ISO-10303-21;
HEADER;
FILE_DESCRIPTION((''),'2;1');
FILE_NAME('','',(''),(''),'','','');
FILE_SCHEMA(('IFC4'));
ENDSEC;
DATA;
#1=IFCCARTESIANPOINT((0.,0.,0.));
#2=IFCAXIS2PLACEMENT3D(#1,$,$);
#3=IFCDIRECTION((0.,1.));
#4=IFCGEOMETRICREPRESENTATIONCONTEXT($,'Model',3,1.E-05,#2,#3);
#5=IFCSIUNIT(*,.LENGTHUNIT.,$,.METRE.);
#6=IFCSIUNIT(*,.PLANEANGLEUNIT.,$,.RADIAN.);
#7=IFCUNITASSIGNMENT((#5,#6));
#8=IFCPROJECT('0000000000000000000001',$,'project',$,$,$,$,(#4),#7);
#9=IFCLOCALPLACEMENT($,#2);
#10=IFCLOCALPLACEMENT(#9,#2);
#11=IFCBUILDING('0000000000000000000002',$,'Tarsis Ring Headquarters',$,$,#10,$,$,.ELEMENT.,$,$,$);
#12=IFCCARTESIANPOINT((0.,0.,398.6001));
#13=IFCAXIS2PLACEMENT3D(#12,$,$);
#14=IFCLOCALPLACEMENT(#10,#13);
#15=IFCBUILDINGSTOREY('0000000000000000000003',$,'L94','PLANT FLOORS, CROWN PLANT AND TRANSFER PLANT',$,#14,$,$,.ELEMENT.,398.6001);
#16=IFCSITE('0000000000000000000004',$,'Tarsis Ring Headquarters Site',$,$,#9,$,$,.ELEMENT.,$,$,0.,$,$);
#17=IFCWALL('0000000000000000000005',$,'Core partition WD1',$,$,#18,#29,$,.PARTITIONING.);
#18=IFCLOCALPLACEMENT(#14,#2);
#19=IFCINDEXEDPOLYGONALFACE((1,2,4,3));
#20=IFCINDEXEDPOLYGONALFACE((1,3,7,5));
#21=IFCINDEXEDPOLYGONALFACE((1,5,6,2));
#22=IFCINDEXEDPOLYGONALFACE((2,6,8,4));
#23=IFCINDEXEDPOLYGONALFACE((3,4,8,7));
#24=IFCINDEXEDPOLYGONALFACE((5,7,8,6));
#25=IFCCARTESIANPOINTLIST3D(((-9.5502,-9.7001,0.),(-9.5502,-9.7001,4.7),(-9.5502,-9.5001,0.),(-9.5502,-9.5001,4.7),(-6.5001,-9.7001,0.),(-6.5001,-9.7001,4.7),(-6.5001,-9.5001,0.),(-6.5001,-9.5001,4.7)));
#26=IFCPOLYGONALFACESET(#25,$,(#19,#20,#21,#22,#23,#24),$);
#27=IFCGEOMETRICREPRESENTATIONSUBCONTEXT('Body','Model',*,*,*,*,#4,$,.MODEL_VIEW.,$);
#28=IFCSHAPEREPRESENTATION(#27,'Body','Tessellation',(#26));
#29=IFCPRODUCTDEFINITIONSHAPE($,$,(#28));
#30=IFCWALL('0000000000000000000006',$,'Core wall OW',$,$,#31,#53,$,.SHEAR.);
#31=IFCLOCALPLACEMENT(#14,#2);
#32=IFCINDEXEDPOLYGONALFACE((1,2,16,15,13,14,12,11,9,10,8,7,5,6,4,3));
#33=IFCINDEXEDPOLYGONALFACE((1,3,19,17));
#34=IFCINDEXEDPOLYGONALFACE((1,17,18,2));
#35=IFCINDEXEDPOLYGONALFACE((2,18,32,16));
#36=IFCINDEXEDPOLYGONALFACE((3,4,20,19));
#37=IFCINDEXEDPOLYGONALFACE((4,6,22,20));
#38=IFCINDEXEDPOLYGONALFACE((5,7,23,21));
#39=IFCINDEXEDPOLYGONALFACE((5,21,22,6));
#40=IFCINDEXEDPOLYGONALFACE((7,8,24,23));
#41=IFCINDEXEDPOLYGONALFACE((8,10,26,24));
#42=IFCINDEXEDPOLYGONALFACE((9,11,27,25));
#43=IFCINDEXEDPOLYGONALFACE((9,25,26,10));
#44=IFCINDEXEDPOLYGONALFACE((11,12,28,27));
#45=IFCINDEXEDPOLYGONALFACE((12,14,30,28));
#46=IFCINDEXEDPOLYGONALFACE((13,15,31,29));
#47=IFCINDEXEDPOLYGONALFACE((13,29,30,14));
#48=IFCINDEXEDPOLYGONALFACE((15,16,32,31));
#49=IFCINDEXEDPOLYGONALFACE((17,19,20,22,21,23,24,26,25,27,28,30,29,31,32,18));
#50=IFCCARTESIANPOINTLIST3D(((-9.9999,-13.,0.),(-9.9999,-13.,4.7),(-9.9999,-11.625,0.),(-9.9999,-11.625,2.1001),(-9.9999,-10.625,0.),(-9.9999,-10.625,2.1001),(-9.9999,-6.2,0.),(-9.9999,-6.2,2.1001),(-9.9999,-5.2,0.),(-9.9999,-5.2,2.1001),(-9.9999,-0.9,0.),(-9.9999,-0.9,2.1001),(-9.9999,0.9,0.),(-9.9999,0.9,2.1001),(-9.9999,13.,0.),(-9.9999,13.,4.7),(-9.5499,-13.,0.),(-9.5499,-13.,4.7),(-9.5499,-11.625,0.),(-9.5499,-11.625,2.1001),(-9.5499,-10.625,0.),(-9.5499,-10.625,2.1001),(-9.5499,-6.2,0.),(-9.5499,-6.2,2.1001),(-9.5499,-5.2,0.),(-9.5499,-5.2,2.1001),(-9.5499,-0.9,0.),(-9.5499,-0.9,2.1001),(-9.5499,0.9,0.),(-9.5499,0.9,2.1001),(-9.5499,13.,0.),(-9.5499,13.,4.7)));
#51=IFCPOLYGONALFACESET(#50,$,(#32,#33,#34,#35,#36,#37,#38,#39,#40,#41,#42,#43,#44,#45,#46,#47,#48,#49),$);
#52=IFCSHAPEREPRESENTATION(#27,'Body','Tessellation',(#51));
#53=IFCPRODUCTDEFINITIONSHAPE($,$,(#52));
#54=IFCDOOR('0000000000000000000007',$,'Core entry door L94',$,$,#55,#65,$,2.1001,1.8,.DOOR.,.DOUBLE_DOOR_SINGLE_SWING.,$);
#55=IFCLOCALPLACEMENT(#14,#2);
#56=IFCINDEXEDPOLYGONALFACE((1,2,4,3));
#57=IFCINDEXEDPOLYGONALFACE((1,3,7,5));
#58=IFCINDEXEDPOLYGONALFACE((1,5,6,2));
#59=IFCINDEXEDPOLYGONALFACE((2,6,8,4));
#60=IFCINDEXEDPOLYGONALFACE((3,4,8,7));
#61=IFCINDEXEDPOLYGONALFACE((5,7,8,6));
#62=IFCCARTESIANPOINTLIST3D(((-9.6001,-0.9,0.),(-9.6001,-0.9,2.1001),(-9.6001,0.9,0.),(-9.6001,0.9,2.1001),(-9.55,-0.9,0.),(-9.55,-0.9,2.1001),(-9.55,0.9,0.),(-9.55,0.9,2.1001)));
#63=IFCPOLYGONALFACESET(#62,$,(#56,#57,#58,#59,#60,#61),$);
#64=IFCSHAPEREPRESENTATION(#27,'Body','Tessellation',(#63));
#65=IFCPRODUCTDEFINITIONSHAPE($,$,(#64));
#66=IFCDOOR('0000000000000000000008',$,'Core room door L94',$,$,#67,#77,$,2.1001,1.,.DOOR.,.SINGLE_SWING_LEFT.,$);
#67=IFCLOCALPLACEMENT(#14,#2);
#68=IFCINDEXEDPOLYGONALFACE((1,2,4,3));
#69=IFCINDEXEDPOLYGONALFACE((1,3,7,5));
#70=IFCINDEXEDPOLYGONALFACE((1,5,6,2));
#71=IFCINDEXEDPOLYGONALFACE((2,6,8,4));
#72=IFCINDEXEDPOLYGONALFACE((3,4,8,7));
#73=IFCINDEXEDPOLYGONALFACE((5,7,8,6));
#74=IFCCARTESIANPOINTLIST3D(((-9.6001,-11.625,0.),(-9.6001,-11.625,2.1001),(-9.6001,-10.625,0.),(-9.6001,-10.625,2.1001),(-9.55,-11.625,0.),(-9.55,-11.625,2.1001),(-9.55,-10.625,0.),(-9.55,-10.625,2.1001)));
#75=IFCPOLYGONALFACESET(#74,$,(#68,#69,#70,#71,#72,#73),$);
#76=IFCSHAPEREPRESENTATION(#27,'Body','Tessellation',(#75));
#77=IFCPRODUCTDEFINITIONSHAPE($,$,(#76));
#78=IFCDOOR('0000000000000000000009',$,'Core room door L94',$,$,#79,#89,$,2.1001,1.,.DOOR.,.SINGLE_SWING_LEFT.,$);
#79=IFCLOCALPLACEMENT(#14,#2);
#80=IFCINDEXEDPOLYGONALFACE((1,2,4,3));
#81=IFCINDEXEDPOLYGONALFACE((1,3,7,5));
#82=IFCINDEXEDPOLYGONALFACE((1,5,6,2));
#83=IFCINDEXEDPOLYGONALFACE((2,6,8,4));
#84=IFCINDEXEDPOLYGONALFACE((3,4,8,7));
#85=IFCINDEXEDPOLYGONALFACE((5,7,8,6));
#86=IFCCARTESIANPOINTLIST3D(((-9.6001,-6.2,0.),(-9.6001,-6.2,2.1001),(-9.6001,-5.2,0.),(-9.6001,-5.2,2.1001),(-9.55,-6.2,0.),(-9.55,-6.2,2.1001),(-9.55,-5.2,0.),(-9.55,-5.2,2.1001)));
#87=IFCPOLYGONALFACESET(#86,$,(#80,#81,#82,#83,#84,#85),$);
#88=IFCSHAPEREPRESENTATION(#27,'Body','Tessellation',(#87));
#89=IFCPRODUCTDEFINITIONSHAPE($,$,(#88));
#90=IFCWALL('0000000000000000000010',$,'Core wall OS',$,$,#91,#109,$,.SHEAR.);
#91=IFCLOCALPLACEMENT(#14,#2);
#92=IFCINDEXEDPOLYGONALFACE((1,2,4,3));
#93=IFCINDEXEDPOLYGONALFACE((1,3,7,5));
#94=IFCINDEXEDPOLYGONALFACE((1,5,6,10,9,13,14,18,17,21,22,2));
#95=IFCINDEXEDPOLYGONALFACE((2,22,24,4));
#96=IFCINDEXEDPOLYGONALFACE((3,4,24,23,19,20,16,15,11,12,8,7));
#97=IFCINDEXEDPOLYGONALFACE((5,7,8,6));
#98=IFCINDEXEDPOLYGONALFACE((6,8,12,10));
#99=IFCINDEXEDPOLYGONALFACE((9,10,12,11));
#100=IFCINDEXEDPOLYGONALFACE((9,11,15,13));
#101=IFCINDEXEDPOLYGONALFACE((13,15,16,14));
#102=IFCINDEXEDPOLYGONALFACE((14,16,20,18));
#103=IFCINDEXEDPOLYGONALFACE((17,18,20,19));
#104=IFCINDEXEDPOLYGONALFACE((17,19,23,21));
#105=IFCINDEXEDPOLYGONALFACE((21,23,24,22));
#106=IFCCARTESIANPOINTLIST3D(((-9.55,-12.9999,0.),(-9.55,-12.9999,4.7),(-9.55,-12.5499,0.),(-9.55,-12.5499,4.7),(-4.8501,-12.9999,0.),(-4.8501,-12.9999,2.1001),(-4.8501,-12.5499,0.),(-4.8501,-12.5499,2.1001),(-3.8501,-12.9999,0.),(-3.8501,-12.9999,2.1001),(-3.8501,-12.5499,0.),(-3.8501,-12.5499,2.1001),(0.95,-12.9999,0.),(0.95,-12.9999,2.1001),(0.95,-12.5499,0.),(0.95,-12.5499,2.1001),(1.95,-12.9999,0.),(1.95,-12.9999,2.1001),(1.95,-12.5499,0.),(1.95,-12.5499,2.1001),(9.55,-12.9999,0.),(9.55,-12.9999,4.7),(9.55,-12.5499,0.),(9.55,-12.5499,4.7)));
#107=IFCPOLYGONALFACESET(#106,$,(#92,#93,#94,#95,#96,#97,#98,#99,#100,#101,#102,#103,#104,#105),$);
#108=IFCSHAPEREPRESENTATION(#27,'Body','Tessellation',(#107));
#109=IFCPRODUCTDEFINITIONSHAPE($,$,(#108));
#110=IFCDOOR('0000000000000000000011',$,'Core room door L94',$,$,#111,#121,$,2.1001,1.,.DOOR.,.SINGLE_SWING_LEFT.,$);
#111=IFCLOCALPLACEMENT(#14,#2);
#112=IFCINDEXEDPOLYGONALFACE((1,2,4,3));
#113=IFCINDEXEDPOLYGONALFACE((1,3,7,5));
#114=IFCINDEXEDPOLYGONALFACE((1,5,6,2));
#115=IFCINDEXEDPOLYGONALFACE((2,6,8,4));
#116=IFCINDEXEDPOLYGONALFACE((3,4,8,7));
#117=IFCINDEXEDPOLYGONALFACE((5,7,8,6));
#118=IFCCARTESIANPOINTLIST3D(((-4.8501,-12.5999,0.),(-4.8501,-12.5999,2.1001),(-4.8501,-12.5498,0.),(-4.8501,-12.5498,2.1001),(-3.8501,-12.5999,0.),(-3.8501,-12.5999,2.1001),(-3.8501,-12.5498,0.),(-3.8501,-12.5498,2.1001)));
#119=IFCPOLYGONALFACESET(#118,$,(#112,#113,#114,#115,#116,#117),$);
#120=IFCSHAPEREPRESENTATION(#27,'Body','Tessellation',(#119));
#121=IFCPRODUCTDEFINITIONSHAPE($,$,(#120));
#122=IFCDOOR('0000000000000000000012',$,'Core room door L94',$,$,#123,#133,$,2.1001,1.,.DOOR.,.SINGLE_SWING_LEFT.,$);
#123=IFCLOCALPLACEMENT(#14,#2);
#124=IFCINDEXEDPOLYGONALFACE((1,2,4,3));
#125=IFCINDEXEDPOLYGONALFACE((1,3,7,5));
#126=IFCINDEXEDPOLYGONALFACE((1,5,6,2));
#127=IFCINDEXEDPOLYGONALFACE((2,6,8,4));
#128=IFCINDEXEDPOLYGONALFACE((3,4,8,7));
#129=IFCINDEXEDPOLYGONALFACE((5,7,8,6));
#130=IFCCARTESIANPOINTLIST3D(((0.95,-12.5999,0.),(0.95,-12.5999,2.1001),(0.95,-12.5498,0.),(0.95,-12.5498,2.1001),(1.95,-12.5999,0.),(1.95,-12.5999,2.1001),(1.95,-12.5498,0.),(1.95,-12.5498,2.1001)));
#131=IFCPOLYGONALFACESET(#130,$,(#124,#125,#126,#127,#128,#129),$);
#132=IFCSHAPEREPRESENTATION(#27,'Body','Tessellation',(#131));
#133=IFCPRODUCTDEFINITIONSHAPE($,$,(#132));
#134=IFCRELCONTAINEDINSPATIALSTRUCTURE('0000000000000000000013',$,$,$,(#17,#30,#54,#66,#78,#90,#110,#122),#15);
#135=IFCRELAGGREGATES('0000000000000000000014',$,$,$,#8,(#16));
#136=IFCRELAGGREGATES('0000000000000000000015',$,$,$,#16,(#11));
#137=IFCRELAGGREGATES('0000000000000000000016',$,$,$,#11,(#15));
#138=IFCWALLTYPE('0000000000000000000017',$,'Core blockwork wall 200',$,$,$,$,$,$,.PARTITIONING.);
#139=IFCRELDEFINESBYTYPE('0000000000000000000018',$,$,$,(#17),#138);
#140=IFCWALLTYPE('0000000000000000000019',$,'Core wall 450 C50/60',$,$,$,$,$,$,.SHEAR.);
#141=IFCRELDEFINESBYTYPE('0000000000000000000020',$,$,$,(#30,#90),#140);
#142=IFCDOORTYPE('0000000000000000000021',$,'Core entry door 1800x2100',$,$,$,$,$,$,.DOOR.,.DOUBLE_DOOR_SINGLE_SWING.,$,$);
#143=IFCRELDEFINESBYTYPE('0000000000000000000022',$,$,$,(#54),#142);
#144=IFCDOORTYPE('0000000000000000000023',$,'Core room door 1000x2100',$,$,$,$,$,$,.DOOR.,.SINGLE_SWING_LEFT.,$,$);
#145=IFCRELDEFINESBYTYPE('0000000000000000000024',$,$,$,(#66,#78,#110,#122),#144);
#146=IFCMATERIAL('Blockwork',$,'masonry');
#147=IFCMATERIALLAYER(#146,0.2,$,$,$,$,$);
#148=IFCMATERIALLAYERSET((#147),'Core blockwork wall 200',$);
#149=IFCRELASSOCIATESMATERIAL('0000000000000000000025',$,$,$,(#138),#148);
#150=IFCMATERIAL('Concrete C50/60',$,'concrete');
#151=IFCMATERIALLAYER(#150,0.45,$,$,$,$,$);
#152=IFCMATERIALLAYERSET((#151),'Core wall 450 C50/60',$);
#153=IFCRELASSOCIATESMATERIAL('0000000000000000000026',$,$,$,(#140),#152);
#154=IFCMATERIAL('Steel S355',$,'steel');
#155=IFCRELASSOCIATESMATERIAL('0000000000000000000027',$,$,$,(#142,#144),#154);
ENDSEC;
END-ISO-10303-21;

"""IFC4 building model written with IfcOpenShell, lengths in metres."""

from ifc_helpers import new_model, si_unit, direction, frame, frame_2d, origin, place, context, subcontext, project, spatial, rectangle, extrude, material, layer, layer_set, type_object, element, fill, save


model = new_model("IFC4")

# Units and contexts
model_context = context("Model", 3, precision=1e-05, world=origin(), true_north=direction((0.0, 1.0)))
body_context = subcontext(model_context, "Body", "Model", "MODEL_VIEW")
ifc_project = project(units=[si_unit("LENGTHUNIT", "METRE"), si_unit("PLANEANGLEUNIT", "RADIAN")], contexts=[model_context])

# Site, building, storey
site_placement = place(None, origin())
site = spatial("IfcSite", under=ifc_project, at=site_placement, Name="Tarsis Ring Headquarters Site", CompositionType="ELEMENT", RefElevation=0.0)
building_placement = place(site_placement, origin())
building = spatial("IfcBuilding", under=site, at=building_placement, Name="Tarsis Ring Headquarters", CompositionType="ELEMENT")
storey_placement = place(building_placement, frame((0.0, 0.0, 398.6001)))
storey = spatial("IfcBuildingStorey", under=building, at=storey_placement, Name="L94", Description="PLANT FLOORS, CROWN PLANT AND TRANSFER PLANT", CompositionType="ELEMENT", Elevation=398.6001)

# Wall
ifc_material_1 = material(Name="Blockwork", Category="masonry")
ifc_layer_1 = layer(ifc_material_1, 0.2)
ifc_layer_set_1 = layer_set([ifc_layer_1], Name="Core blockwork wall 200")
wall_type_1 = type_object("IfcWallType", Name="Core blockwork wall 200", PredefinedType="PARTITIONING", material=ifc_layer_set_1)
wall_1_placement = place(storey_placement, frame((-9.55, -9.6001, 0.0), z_axis=(0.0, 0.0, 1.0), x_axis=(1.0, 0.0, 0.0)))
element("IfcWall", 1, at=wall_1_placement, inside=storey, type_object=wall_type_1, Name="Core partition WD1", PredefinedType="PARTITIONING", context=body_context, shape_type="SweptSolid", body=[
    extrude(rectangle(XDim=3.05, YDim=0.2, at=frame_2d((1.5249, 0.0))), origin(), (0.0, 0.0, 1.0), 4.7),
])

# Walls, openings, doors
ifc_material_2 = material(Name="Concrete C50/60", Category="concrete")
ifc_layer_2 = layer(ifc_material_2, 0.45)
ifc_layer_set_2 = layer_set([ifc_layer_2], Name="Core wall 450 C50/60")
wall_type_2 = type_object("IfcWallType", Name="Core wall 450 C50/60", PredefinedType="SHEAR", material=ifc_layer_set_2)
wall_2_placement = place(storey_placement, frame((-9.7749, -13.0, 0.0), z_axis=(0.0, 0.0, 1.0), x_axis=(0.0, 1.0, 0.0)))
wall_2 = element("IfcWall", 2, at=wall_2_placement, inside=storey, type_object=wall_type_2, Name="Core wall OW", PredefinedType="SHEAR", context=body_context, shape_type="SweptSolid", body=[
    extrude(rectangle(XDim=26.0, YDim=0.45, at=frame_2d((13.0, 0.0))), origin(), (0.0, 0.0, 1.0), 4.7),
])
opening_1_placement = place(wall_2_placement, frame((1.375, 0.0, 0.0)))
opening_1 = element("IfcOpeningElement", 3, at=opening_1_placement, cuts=wall_2, PredefinedType="OPENING", context=body_context, shape_type="SweptSolid", body=[
    extrude(rectangle(XDim=1.0, YDim=2.1001, at=frame_2d((0.5, 1.05))), frame((0.0, 0.2349, 0.0), z_axis=(0.0, -1.0, 0.0), x_axis=(1.0, 0.0, 0.0)), (0.0, 0.0, 1.0), 0.47),
])
opening_2_placement = place(wall_2_placement, frame((6.8, 0.0, 0.0)))
opening_2 = element("IfcOpeningElement", 4, at=opening_2_placement, cuts=wall_2, PredefinedType="OPENING", context=body_context, shape_type="SweptSolid", body=[
    extrude(rectangle(XDim=1.0, YDim=2.1001, at=frame_2d((0.5, 1.05))), frame((0.0, 0.2349, 0.0), z_axis=(0.0, -1.0, 0.0), x_axis=(1.0, 0.0, 0.0)), (0.0, 0.0, 1.0), 0.47),
])
opening_3_placement = place(wall_2_placement, frame((12.1001, 0.0, 0.0)))
opening_3 = element("IfcOpeningElement", 5, at=opening_3_placement, cuts=wall_2, PredefinedType="OPENING", context=body_context, shape_type="SweptSolid", body=[
    extrude(rectangle(XDim=1.8, YDim=2.1001, at=frame_2d((0.8999, 1.05))), frame((0.0, 0.2349, 0.0), z_axis=(0.0, -1.0, 0.0), x_axis=(1.0, 0.0, 0.0)), (0.0, 0.0, 1.0), 0.47),
])
ifc_material_3 = material(Name="Steel S355", Category="steel")
door_type_1 = type_object("IfcDoorType", Name="Core entry door 1800x2100", OperationType="DOUBLE_DOOR_SINGLE_SWING", PredefinedType="DOOR", material=ifc_material_3)
door_1_placement = place(opening_3_placement, origin())
door_1 = element("IfcDoor", 6, at=door_1_placement, inside=storey, type_object=door_type_1, Name="Core entry door L94", OperationType="DOUBLE_DOOR_SINGLE_SWING", OverallHeight=2.1001, OverallWidth=1.8, PredefinedType="DOOR", context=body_context, shape_type="SweptSolid", body=[
    extrude(rectangle(XDim=1.8, YDim=2.1001, at=frame_2d((0.8999, 1.05))), frame((0.0, -0.1748, 0.0), z_axis=(0.0, -1.0, 0.0), x_axis=(1.0, 0.0, 0.0)), (0.0, 0.0, 1.0), 0.05),
])
fill(opening_3, door_1)
door_type_2 = type_object("IfcDoorType", Name="Core room door 1000x2100", OperationType="SINGLE_SWING_LEFT", PredefinedType="DOOR", material=ifc_material_3)
door_2_placement = place(opening_1_placement, origin())
door_2 = element("IfcDoor", 7, at=door_2_placement, inside=storey, type_object=door_type_2, Name="Core room door L94", OperationType="SINGLE_SWING_LEFT", OverallHeight=2.1001, OverallWidth=1.0, PredefinedType="DOOR", context=body_context, shape_type="SweptSolid", body=[
    extrude(rectangle(XDim=1.0, YDim=2.1001, at=frame_2d((0.5, 1.05))), frame((0.0, -0.1748, 0.0), z_axis=(0.0, -1.0, 0.0), x_axis=(1.0, 0.0, 0.0)), (0.0, 0.0, 1.0), 0.05),
])
fill(opening_1, door_2)
door_3_placement = place(opening_2_placement, origin())
door_3 = element("IfcDoor", 8, at=door_3_placement, inside=storey, type_object=door_type_2, Name="Core room door L94", OperationType="SINGLE_SWING_LEFT", OverallHeight=2.1001, OverallWidth=1.0, PredefinedType="DOOR", context=body_context, shape_type="SweptSolid", body=[
    extrude(rectangle(XDim=1.0, YDim=2.1001, at=frame_2d((0.5, 1.05))), frame((0.0, -0.1748, 0.0), z_axis=(0.0, -1.0, 0.0), x_axis=(1.0, 0.0, 0.0)), (0.0, 0.0, 1.0), 0.05),
])
fill(opening_2, door_3)
wall_3_placement = place(storey_placement, frame((-9.55, -12.7749, 0.0), z_axis=(0.0, 0.0, 1.0), x_axis=(1.0, 0.0, 0.0)))
wall_3 = element("IfcWall", 9, at=wall_3_placement, inside=storey, type_object=wall_type_2, Name="Core wall OS", PredefinedType="SHEAR", context=body_context, shape_type="SweptSolid", body=[
    extrude(rectangle(XDim=19.1001, YDim=0.45, at=frame_2d((9.55, 0.0))), origin(), (0.0, 0.0, 1.0), 4.7),
])
opening_4_placement = place(wall_3_placement, frame((4.7, 0.0, 0.0)))
opening_4 = element("IfcOpeningElement", 10, at=opening_4_placement, cuts=wall_3, PredefinedType="OPENING", context=body_context, shape_type="SweptSolid", body=[
    extrude(rectangle(XDim=1.0, YDim=2.1001, at=frame_2d((0.5, 1.05))), frame((0.0, 0.2349, 0.0), z_axis=(0.0, -1.0, 0.0), x_axis=(1.0, 0.0, 0.0)), (0.0, 0.0, 1.0), 0.47),
])
opening_5_placement = place(wall_3_placement, frame((10.5, 0.0, 0.0)))
opening_5 = element("IfcOpeningElement", 11, at=opening_5_placement, cuts=wall_3, PredefinedType="OPENING", context=body_context, shape_type="SweptSolid", body=[
    extrude(rectangle(XDim=1.0, YDim=2.1001, at=frame_2d((0.5, 1.05))), frame((0.0, 0.2349, 0.0), z_axis=(0.0, -1.0, 0.0), x_axis=(1.0, 0.0, 0.0)), (0.0, 0.0, 1.0), 0.47),
])
door_4_placement = place(opening_4_placement, origin())
door_4 = element("IfcDoor", 12, at=door_4_placement, inside=storey, type_object=door_type_2, Name="Core room door L94", OperationType="SINGLE_SWING_LEFT", OverallHeight=2.1001, OverallWidth=1.0, PredefinedType="DOOR", context=body_context, shape_type="SweptSolid", body=[
    extrude(rectangle(XDim=1.0, YDim=2.1001, at=frame_2d((0.5, 1.05))), frame((0.0, 0.2251, 0.0), z_axis=(0.0, -1.0, 0.0), x_axis=(1.0, 0.0, 0.0)), (0.0, 0.0, 1.0), 0.05),
])
fill(opening_4, door_4)
door_5_placement = place(opening_5_placement, origin())
door_5 = element("IfcDoor", 13, at=door_5_placement, inside=storey, type_object=door_type_2, Name="Core room door L94", OperationType="SINGLE_SWING_LEFT", OverallHeight=2.1001, OverallWidth=1.0, PredefinedType="DOOR", context=body_context, shape_type="SweptSolid", body=[
    extrude(rectangle(XDim=1.0, YDim=2.1001, at=frame_2d((0.5, 1.05))), frame((0.0, 0.2251, 0.0), z_axis=(0.0, -1.0, 0.0), x_axis=(1.0, 0.0, 0.0)), (0.0, 0.0, 1.0), 0.05),
])
fill(opening_5, door_5)

save(model, "model.ifc")
